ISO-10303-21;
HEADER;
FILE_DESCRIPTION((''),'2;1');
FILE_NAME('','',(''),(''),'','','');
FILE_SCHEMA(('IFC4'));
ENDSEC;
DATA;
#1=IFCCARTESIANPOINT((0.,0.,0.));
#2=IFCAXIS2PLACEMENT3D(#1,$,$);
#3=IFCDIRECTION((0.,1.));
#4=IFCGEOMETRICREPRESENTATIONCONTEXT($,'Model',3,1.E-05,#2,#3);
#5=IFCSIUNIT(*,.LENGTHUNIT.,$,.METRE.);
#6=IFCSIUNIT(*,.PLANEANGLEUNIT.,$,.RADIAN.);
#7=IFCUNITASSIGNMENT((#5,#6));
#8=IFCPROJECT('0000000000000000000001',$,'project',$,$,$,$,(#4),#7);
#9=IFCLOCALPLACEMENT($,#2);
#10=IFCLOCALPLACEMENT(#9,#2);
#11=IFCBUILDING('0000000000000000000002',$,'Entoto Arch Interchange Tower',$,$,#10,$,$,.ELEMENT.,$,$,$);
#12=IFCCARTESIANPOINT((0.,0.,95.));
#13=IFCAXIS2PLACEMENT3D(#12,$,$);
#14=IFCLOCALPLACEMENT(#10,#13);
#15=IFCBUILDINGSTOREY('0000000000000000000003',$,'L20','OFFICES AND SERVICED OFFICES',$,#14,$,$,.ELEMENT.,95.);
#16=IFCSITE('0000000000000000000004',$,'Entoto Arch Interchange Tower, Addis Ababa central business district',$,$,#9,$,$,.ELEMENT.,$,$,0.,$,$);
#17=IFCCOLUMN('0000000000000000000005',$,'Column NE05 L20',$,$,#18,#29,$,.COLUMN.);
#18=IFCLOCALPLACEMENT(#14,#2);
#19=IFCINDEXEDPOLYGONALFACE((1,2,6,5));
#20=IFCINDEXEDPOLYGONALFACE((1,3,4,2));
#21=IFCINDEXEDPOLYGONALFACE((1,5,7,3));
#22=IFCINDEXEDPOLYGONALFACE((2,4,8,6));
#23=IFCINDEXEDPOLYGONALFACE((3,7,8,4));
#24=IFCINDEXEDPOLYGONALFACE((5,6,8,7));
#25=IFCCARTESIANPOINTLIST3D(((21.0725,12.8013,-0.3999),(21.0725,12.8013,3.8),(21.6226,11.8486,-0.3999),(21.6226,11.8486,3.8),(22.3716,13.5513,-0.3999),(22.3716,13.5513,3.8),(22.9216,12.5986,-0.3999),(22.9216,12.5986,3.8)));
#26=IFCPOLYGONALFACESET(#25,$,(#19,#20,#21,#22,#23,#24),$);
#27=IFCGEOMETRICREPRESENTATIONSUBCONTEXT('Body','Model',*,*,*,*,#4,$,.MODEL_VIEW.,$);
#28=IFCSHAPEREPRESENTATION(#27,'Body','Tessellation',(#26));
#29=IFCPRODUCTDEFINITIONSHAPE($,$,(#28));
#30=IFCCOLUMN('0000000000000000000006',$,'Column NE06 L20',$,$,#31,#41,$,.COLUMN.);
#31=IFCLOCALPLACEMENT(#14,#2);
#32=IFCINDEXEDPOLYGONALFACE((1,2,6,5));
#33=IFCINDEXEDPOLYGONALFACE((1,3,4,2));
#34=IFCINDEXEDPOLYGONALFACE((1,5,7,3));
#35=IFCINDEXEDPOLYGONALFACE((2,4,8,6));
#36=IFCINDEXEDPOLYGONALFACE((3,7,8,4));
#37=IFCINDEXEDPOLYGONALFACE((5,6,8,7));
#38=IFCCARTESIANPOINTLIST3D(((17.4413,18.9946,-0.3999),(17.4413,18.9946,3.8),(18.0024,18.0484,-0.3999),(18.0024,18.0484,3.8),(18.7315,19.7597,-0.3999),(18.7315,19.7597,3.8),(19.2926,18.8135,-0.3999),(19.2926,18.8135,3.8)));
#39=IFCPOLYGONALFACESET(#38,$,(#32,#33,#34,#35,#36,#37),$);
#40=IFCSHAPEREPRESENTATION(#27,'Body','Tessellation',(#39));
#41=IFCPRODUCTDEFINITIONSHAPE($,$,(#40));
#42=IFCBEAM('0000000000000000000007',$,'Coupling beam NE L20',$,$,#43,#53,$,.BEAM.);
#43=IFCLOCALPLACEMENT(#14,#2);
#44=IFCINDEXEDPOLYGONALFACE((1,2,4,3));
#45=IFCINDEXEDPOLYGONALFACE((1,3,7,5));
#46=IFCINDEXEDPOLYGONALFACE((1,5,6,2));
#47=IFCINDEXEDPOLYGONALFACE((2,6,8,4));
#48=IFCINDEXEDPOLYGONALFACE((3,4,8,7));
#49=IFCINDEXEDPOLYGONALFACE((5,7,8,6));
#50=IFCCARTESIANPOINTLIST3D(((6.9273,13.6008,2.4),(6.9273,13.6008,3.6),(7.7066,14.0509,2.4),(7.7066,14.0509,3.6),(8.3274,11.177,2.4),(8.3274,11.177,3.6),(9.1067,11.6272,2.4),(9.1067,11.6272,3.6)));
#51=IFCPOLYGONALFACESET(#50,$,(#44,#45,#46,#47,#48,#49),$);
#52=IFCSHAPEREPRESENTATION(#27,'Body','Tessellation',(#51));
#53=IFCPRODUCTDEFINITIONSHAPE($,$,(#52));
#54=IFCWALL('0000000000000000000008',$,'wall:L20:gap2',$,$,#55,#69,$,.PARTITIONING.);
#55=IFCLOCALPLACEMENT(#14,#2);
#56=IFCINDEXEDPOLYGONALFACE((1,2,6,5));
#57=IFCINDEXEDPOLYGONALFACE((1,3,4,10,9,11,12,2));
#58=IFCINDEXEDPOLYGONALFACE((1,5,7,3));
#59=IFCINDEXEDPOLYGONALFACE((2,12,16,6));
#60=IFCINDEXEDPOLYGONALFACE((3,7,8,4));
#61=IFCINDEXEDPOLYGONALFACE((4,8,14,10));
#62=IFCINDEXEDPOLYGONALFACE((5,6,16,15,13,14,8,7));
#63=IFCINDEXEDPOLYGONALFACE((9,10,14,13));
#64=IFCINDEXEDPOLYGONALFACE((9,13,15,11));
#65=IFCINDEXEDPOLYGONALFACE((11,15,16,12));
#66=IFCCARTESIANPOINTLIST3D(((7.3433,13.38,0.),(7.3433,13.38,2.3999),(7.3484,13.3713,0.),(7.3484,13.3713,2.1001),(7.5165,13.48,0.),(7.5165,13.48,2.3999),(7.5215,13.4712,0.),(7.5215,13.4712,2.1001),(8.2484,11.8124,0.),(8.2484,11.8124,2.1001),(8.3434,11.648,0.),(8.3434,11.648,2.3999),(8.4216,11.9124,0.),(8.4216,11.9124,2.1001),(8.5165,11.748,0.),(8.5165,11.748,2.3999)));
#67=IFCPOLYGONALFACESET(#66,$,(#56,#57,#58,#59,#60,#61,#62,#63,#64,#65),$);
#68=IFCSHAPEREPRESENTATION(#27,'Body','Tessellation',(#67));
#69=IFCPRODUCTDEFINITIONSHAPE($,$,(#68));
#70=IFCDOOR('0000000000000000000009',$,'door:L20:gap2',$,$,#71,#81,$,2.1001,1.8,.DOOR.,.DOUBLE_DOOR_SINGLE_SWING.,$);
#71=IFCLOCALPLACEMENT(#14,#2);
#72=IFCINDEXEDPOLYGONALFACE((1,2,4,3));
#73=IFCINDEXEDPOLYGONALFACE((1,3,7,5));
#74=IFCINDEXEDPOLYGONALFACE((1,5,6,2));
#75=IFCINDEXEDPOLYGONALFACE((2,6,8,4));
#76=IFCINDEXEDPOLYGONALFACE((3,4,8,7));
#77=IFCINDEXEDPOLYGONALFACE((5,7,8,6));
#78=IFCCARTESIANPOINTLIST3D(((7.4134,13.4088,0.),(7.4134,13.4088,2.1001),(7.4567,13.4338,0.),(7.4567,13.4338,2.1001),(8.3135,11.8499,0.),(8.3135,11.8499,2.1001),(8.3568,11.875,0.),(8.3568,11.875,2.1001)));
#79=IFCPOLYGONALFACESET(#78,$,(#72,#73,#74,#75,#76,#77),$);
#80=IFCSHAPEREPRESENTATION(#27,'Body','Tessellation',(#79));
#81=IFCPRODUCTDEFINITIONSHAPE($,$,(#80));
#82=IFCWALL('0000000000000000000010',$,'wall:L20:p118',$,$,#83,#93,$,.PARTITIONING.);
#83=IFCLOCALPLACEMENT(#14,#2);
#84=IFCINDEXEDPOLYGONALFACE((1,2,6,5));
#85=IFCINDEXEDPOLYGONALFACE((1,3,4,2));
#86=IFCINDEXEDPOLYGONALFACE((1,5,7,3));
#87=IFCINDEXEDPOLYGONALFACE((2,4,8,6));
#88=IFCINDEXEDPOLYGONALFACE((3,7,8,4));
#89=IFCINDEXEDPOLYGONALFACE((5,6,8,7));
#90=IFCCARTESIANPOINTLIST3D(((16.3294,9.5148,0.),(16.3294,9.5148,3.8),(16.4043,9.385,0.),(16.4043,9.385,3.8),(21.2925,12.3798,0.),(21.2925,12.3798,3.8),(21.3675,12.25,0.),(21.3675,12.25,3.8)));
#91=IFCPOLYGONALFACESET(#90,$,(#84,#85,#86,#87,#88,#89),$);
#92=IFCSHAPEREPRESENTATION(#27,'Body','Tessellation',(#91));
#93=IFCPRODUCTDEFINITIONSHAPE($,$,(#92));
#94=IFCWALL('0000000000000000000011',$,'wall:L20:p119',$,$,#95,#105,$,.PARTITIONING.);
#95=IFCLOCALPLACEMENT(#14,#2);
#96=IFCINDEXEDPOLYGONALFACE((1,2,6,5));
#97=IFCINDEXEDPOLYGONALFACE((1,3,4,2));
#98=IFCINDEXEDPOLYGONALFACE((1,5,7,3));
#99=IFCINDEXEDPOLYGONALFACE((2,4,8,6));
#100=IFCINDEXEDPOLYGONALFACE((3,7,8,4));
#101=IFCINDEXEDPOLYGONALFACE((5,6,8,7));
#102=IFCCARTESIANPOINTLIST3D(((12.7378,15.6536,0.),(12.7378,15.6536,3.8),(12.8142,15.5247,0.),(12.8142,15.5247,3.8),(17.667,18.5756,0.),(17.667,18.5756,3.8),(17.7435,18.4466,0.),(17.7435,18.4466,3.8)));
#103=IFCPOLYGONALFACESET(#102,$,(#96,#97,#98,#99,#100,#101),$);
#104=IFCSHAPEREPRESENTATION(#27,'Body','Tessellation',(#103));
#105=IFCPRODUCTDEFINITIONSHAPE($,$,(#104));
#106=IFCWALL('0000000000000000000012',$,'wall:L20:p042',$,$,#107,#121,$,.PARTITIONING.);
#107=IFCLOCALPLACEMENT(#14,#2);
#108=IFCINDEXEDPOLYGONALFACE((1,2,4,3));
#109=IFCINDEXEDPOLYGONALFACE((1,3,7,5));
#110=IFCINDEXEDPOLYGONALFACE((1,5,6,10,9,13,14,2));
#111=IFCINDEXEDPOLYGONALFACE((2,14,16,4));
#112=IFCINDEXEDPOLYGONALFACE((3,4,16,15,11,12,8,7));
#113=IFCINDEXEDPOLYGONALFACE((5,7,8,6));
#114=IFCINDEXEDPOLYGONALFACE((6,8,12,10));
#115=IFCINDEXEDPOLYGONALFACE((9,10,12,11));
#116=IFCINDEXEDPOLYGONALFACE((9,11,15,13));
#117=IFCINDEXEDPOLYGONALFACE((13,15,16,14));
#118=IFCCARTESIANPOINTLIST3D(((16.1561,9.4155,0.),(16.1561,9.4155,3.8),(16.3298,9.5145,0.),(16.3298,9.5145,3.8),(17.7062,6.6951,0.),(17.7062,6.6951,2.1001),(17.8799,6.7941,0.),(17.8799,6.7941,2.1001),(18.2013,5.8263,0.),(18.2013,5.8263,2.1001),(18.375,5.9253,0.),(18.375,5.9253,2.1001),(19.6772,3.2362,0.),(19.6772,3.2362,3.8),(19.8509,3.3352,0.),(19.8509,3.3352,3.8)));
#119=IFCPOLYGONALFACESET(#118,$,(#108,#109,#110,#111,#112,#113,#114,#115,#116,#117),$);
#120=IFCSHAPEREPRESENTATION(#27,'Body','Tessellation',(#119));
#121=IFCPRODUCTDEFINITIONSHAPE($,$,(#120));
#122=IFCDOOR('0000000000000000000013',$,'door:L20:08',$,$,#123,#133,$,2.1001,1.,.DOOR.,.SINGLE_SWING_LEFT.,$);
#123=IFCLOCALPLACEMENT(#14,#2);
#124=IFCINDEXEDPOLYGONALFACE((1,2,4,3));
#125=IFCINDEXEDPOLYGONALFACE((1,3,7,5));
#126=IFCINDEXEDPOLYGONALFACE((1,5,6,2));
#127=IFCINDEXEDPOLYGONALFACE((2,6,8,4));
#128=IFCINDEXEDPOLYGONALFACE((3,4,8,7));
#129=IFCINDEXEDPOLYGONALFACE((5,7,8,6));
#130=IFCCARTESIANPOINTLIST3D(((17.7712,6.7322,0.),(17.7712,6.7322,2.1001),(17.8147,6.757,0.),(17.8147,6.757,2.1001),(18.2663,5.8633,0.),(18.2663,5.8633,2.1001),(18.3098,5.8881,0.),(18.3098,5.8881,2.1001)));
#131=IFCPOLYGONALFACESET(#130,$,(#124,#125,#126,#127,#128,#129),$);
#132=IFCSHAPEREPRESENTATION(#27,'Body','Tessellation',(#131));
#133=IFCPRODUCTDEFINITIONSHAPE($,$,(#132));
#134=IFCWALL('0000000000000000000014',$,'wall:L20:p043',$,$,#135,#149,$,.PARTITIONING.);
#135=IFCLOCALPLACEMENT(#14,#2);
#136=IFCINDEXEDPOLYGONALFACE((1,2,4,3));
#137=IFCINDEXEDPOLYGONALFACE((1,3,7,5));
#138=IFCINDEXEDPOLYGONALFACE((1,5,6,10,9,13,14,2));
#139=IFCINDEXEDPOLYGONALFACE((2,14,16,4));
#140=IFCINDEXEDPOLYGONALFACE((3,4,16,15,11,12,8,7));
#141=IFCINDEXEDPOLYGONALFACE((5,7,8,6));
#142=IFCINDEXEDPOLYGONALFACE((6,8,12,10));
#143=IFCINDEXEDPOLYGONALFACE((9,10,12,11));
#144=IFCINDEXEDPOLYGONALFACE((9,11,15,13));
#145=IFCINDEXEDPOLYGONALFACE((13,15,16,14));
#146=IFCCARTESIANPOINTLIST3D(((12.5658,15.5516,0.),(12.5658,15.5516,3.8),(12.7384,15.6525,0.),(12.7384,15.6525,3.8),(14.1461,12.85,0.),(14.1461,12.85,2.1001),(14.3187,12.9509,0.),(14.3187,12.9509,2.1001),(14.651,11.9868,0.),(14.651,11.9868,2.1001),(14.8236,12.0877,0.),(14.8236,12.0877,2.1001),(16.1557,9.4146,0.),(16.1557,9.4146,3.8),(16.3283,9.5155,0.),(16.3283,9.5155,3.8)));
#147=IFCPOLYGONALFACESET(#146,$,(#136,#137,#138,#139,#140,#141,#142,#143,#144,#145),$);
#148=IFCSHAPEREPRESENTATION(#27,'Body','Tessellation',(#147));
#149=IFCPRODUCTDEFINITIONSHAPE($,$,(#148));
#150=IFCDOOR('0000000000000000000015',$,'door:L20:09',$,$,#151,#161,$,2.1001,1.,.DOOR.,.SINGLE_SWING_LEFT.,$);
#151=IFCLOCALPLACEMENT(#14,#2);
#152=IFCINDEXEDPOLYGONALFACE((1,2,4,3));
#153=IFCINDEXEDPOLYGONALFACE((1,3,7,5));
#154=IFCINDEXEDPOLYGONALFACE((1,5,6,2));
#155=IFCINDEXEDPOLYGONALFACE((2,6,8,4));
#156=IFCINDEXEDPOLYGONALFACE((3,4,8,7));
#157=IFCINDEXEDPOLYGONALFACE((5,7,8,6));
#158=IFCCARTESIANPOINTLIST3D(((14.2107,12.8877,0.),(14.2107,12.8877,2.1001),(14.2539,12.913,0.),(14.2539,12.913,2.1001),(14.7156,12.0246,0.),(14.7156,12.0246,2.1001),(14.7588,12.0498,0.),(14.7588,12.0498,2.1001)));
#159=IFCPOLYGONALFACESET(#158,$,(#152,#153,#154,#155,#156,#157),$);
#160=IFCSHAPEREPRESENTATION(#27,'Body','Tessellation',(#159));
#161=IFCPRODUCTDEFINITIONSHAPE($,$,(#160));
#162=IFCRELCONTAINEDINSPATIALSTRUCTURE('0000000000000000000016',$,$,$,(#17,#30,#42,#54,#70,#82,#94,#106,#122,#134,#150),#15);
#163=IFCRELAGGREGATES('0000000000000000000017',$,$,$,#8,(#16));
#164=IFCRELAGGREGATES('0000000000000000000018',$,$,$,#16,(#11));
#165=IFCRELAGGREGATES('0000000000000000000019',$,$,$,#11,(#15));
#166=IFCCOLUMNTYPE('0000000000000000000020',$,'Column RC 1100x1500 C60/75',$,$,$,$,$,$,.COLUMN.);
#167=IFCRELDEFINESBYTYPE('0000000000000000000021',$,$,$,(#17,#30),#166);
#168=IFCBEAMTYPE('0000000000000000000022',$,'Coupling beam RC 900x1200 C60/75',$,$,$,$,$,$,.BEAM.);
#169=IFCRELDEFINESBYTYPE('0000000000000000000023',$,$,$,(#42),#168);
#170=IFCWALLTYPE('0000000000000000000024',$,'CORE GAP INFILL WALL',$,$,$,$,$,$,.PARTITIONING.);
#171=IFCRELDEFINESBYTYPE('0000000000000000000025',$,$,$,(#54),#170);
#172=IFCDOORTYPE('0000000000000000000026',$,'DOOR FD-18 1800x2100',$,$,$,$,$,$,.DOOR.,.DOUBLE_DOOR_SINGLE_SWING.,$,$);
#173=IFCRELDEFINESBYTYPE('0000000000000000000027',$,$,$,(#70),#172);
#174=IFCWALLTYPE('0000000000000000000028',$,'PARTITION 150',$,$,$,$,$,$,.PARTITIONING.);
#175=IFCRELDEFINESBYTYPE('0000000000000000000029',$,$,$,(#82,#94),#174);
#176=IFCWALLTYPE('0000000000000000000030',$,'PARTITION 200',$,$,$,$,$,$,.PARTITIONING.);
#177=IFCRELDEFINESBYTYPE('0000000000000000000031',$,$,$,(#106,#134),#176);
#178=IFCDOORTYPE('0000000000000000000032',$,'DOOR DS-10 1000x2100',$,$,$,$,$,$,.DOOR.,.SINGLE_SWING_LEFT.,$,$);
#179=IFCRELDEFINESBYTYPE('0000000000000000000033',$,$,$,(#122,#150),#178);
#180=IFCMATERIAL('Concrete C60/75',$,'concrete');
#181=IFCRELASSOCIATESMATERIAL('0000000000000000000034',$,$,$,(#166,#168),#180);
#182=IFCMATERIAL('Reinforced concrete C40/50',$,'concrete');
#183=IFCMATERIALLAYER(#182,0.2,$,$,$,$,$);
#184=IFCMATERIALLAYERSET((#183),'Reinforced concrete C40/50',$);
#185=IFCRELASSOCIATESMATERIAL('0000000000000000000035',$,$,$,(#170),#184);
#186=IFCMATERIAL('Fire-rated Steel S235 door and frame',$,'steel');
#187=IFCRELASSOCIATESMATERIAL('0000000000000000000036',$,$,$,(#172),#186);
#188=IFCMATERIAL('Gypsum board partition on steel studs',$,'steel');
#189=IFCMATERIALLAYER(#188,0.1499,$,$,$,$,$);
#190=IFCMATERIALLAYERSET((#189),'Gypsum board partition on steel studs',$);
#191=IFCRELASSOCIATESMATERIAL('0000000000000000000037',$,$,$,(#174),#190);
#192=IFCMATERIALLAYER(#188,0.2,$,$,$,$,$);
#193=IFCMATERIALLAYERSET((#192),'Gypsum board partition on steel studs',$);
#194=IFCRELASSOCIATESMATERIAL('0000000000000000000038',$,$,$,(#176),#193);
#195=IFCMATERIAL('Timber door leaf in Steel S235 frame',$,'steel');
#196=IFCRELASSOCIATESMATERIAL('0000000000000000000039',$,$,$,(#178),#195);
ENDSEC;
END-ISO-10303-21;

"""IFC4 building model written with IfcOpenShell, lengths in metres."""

from ifc_helpers import new_model, si_unit, direction, frame, frame_2d, origin, origin_2d, place, context, subcontext, project, spatial, rectangle, extrude, material, layer, layer_set, material_profile, profile_set, type_object, element, fill, save


model = new_model("IFC4")

# Units and contexts
model_context = context("Model", 3, precision=1e-05, world=origin(), true_north=direction((0.0, 1.0)))
body_context = subcontext(model_context, "Body", "Model", "MODEL_VIEW")
ifc_project = project(units=[si_unit("LENGTHUNIT", "METRE"), si_unit("PLANEANGLEUNIT", "RADIAN")], contexts=[model_context])

# Site, building, storey
site_placement = place(None, origin())
site = spatial("IfcSite", under=ifc_project, at=site_placement, Name="Entoto Arch Interchange Tower, Addis Ababa central business district", CompositionType="ELEMENT", RefElevation=0.0)
building_placement = place(site_placement, origin())
building = spatial("IfcBuilding", under=site, at=building_placement, Name="Entoto Arch Interchange Tower", CompositionType="ELEMENT")
storey_placement = place(building_placement, frame((0.0, 0.0, 95.0)))
storey = spatial("IfcBuildingStorey", under=building, at=storey_placement, Name="L20", Description="OFFICES AND SERVICED OFFICES", CompositionType="ELEMENT", Elevation=95.0)

# Columns
ifc_material_1 = material(Name="Concrete C60/75", Category="concrete")
ifc_material_profile_1 = material_profile(ifc_material_1, rectangle(XDim=1.1001, YDim=1.5, at=origin_2d()))
ifc_profile_set_1 = profile_set([ifc_material_profile_1], Name="Concrete C60/75")
column_type = type_object("IfcColumnType", Name="Column RC 1100x1500 C60/75", PredefinedType="COLUMN", material=ifc_profile_set_1)
for number, where, z_axis, x_axis, name in (
    (1, (21.9971, 12.7, -0.3999), (0.0, 0.0, 1.0), (-0.5, 0.866025, 0.0), "Column NE05 L20"),
    (2, (18.3669, 18.9041, -0.3999), (0.0, 0.0, 1.0), (-0.510093, 0.860119, 0.0), "Column NE06 L20"),
):
    element("IfcColumn", number, at=place(storey_placement, frame(where, z_axis=z_axis, x_axis=x_axis)), inside=storey, type_object=column_type, Name=name, PredefinedType="COLUMN", context=body_context, shape_type="SweptSolid", body=[
        extrude(rectangle(XDim=1.1001, YDim=1.5, at=origin_2d()), origin(), (0.0, 0.0, 1.0), 4.2),
    ])

# Beam
ifc_material_profile_2 = material_profile(ifc_material_1, rectangle(XDim=0.8999, YDim=1.2, at=origin_2d()))
ifc_profile_set_2 = profile_set([ifc_material_profile_2], Name="Concrete C60/75")
beam_type = type_object("IfcBeamType", Name="Coupling beam RC 900x1200 C60/75", PredefinedType="BEAM", material=ifc_profile_set_2)
beam_placement = place(storey_placement, frame((8.717, 11.4021, 3.0), z_axis=(-0.500201, 0.86591, 0.0), x_axis=(-0.86591, -0.500201, 0.0)))
element("IfcBeam", 3, at=beam_placement, inside=storey, type_object=beam_type, Name="Coupling beam NE L20", PredefinedType="BEAM", context=body_context, shape_type="SweptSolid", body=[
    extrude(rectangle(XDim=0.8999, YDim=1.2, at=origin_2d()), origin(), (0.0, 0.0, 1.0), 2.7991),
])

# Wall, opening, door
ifc_material_2 = material(Name="Reinforced concrete C40/50", Category="concrete")
ifc_layer_1 = layer(ifc_material_2, 0.2)
ifc_layer_set_1 = layer_set([ifc_layer_1], Name="Reinforced concrete C40/50")
wall_type_1 = type_object("IfcWallType", Name="CORE GAP INFILL WALL", PredefinedType="PARTITIONING", material=ifc_layer_set_1)
wall_1_placement = place(storey_placement, frame((8.4299, 11.698, 0.0), z_axis=(0.0, 0.0, 1.0), x_axis=(-0.500025, 0.866011, 0.0)))
wall_1 = element("IfcWall", 4, at=wall_1_placement, inside=storey, type_object=wall_type_1, Name="wall:L20:gap2", PredefinedType="PARTITIONING", context=body_context, shape_type="SweptSolid", body=[
    extrude(rectangle(XDim=2.0, YDim=0.2, at=frame_2d((1.0, 0.0))), origin(), (0.0, 0.0, 1.0), 2.3999),
])
opening_1_placement = place(wall_1_placement, frame((0.1899, 0.0, 0.0)))
opening_1 = element("IfcOpeningElement", 5, at=opening_1_placement, cuts=wall_1, PredefinedType="OPENING", context=body_context, shape_type="SweptSolid", body=[
    extrude(rectangle(XDim=1.8, YDim=2.1001, at=frame_2d((0.8999, 1.05))), frame((0.0, 0.1099, 0.0), z_axis=(0.0, -1.0, 0.0), x_axis=(1.0, 0.0, 0.0)), (0.0, 0.0, 1.0), 0.22),
])
ifc_material_3 = material(Name="Fire-rated Steel S235 door and frame", Category="steel")
door_type_1 = type_object("IfcDoorType", Name="DOOR FD-18 1800x2100", OperationType="DOUBLE_DOOR_SINGLE_SWING", PredefinedType="DOOR", material=ifc_material_3)
door_1_placement = place(opening_1_placement, origin())
door_1 = element("IfcDoor", 6, at=door_1_placement, inside=storey, type_object=door_type_1, Name="door:L20:gap2", OperationType="DOUBLE_DOOR_SINGLE_SWING", OverallHeight=2.1001, OverallWidth=1.8, PredefinedType="DOOR", context=body_context, shape_type="SweptSolid", body=[
    extrude(rectangle(XDim=1.8, YDim=2.1001, at=frame_2d((0.8999, 1.05))), frame((0.0, 0.0249, 0.0), z_axis=(0.0, -1.0, 0.0), x_axis=(1.0, 0.0, 0.0)), (0.0, 0.0, 1.0), 0.05),
])
fill(opening_1, door_1)

# Walls
ifc_material_4 = material(Name="Gypsum board partition on steel studs", Category="steel")
ifc_layer_2 = layer(ifc_material_4, 0.1499)
ifc_layer_set_2 = layer_set([ifc_layer_2], Name="Gypsum board partition on steel studs")
wall_type_2 = type_object("IfcWallType", Name="PARTITION 150", PredefinedType="PARTITIONING", material=ifc_layer_set_2)
wall_2_placement = place(storey_placement, frame((16.3669, 9.45, 0.0), z_axis=(0.0, 0.0, 1.0), x_axis=(0.866061, 0.499938, 0.0)))
element("IfcWall", 7, at=wall_2_placement, inside=storey, type_object=wall_type_2, Name="wall:L20:p118", PredefinedType="PARTITIONING", context=body_context, shape_type="SweptSolid", body=[
    extrude(rectangle(XDim=5.7307, YDim=0.1499, at=frame_2d((2.8652, 0.0))), origin(), (0.0, 0.0, 1.0), 3.8),
])
wall_3_placement = place(storey_placement, frame((12.7759, 15.5891, 0.0), z_axis=(0.0, 0.0, 1.0), x_axis=(0.860225, 0.509915, 0.0)))
element("IfcWall", 8, at=wall_3_placement, inside=storey, type_object=wall_type_2, Name="wall:L20:p119", PredefinedType="PARTITIONING", context=body_context, shape_type="SweptSolid", body=[
    extrude(rectangle(XDim=5.7302, YDim=0.1499, at=frame_2d((2.8652, 0.0))), origin(), (0.0, 0.0, 1.0), 3.8),
])

# Walls, openings, doors
ifc_layer_3 = layer(ifc_material_4, 0.2)
ifc_layer_set_3 = layer_set([ifc_layer_3], Name="Gypsum board partition on steel studs")
wall_type_3 = type_object("IfcWallType", Name="PARTITION 200", PredefinedType="PARTITIONING", material=ifc_layer_set_3)
wall_4_placement = place(storey_placement, frame((16.2429, 9.4651, 0.0), z_axis=(0.0, 0.0, 1.0), x_axis=(0.495081, -0.868847, 0.0)))
wall_4 = element("IfcWall", 9, at=wall_4_placement, inside=storey, type_object=wall_type_3, Name="wall:L20:p042", PredefinedType="PARTITIONING", context=body_context, shape_type="SweptSolid", body=[
    extrude(rectangle(XDim=7.1121, YDim=0.2, at=frame_2d((3.5562, 0.0))), origin(), (0.0, 0.0, 1.0), 3.8),
])
opening_2_placement = place(wall_4_placement, frame((3.1311, 0.0, 0.0)))
opening_2 = element("IfcOpeningElement", 10, at=opening_2_placement, cuts=wall_4, PredefinedType="OPENING", context=body_context, shape_type="SweptSolid", body=[
    extrude(rectangle(XDim=1.0, YDim=2.1001, at=frame_2d((0.5, 1.05))), frame((0.0, 0.1099, 0.0), z_axis=(0.0, -1.0, 0.0), x_axis=(1.0, 0.0, 0.0)), (0.0, 0.0, 1.0), 0.22),
])
ifc_material_5 = material(Name="Timber door leaf in Steel S235 frame", Category="steel")
door_type_2 = type_object("IfcDoorType", Name="DOOR DS-10 1000x2100", OperationType="SINGLE_SWING_LEFT", PredefinedType="DOOR", material=ifc_material_5)
door_2_placement = place(opening_2_placement, origin())
door_2 = element("IfcDoor", 11, at=door_2_placement, inside=storey, type_object=door_type_2, Name="door:L20:08", OperationType="SINGLE_SWING_LEFT", OverallHeight=2.1001, OverallWidth=1.0, PredefinedType="DOOR", context=body_context, shape_type="SweptSolid", body=[
    extrude(rectangle(XDim=1.0, YDim=2.1001, at=frame_2d((0.5, 1.05))), frame((0.0, 0.0249, 0.0), z_axis=(0.0, -1.0, 0.0), x_axis=(1.0, 0.0, 0.0)), (0.0, 0.0, 1.0), 0.05),
])
fill(opening_2, door_2)
wall_5_placement = place(storey_placement, frame((12.6521, 15.6021, 0.0), z_axis=(0.0, 0.0, 1.0), x_axis=(0.504915, -0.863169, 0.0)))
wall_5 = element("IfcWall", 12, at=wall_5_placement, inside=storey, type_object=wall_type_3, Name="wall:L20:p043", PredefinedType="PARTITIONING", context=body_context, shape_type="SweptSolid", body=[
    extrude(rectangle(XDim=7.1099, YDim=0.2, at=frame_2d((3.5549, 0.0))), origin(), (0.0, 0.0, 1.0), 3.8),
])
opening_3_placement = place(wall_5_placement, frame((3.1299, 0.0, 0.0)))
opening_3 = element("IfcOpeningElement", 13, at=opening_3_placement, cuts=wall_5, PredefinedType="OPENING", context=body_context, shape_type="SweptSolid", body=[
    extrude(rectangle(XDim=1.0, YDim=2.1001, at=frame_2d((0.5, 1.05))), frame((0.0, 0.1099, 0.0), z_axis=(0.0, -1.0, 0.0), x_axis=(1.0, 0.0, 0.0)), (0.0, 0.0, 1.0), 0.22),
])
door_3_placement = place(opening_3_placement, origin())
door_3 = element("IfcDoor", 14, at=door_3_placement, inside=storey, type_object=door_type_2, Name="door:L20:09", OperationType="SINGLE_SWING_LEFT", OverallHeight=2.1001, OverallWidth=1.0, PredefinedType="DOOR", context=body_context, shape_type="SweptSolid", body=[
    extrude(rectangle(XDim=1.0, YDim=2.1001, at=frame_2d((0.5, 1.05))), frame((0.0, 0.0249, 0.0), z_axis=(0.0, -1.0, 0.0), x_axis=(1.0, 0.0, 0.0)), (0.0, 0.0, 1.0), 0.05),
])
fill(opening_3, door_3)

save(model, "model.ifc")
